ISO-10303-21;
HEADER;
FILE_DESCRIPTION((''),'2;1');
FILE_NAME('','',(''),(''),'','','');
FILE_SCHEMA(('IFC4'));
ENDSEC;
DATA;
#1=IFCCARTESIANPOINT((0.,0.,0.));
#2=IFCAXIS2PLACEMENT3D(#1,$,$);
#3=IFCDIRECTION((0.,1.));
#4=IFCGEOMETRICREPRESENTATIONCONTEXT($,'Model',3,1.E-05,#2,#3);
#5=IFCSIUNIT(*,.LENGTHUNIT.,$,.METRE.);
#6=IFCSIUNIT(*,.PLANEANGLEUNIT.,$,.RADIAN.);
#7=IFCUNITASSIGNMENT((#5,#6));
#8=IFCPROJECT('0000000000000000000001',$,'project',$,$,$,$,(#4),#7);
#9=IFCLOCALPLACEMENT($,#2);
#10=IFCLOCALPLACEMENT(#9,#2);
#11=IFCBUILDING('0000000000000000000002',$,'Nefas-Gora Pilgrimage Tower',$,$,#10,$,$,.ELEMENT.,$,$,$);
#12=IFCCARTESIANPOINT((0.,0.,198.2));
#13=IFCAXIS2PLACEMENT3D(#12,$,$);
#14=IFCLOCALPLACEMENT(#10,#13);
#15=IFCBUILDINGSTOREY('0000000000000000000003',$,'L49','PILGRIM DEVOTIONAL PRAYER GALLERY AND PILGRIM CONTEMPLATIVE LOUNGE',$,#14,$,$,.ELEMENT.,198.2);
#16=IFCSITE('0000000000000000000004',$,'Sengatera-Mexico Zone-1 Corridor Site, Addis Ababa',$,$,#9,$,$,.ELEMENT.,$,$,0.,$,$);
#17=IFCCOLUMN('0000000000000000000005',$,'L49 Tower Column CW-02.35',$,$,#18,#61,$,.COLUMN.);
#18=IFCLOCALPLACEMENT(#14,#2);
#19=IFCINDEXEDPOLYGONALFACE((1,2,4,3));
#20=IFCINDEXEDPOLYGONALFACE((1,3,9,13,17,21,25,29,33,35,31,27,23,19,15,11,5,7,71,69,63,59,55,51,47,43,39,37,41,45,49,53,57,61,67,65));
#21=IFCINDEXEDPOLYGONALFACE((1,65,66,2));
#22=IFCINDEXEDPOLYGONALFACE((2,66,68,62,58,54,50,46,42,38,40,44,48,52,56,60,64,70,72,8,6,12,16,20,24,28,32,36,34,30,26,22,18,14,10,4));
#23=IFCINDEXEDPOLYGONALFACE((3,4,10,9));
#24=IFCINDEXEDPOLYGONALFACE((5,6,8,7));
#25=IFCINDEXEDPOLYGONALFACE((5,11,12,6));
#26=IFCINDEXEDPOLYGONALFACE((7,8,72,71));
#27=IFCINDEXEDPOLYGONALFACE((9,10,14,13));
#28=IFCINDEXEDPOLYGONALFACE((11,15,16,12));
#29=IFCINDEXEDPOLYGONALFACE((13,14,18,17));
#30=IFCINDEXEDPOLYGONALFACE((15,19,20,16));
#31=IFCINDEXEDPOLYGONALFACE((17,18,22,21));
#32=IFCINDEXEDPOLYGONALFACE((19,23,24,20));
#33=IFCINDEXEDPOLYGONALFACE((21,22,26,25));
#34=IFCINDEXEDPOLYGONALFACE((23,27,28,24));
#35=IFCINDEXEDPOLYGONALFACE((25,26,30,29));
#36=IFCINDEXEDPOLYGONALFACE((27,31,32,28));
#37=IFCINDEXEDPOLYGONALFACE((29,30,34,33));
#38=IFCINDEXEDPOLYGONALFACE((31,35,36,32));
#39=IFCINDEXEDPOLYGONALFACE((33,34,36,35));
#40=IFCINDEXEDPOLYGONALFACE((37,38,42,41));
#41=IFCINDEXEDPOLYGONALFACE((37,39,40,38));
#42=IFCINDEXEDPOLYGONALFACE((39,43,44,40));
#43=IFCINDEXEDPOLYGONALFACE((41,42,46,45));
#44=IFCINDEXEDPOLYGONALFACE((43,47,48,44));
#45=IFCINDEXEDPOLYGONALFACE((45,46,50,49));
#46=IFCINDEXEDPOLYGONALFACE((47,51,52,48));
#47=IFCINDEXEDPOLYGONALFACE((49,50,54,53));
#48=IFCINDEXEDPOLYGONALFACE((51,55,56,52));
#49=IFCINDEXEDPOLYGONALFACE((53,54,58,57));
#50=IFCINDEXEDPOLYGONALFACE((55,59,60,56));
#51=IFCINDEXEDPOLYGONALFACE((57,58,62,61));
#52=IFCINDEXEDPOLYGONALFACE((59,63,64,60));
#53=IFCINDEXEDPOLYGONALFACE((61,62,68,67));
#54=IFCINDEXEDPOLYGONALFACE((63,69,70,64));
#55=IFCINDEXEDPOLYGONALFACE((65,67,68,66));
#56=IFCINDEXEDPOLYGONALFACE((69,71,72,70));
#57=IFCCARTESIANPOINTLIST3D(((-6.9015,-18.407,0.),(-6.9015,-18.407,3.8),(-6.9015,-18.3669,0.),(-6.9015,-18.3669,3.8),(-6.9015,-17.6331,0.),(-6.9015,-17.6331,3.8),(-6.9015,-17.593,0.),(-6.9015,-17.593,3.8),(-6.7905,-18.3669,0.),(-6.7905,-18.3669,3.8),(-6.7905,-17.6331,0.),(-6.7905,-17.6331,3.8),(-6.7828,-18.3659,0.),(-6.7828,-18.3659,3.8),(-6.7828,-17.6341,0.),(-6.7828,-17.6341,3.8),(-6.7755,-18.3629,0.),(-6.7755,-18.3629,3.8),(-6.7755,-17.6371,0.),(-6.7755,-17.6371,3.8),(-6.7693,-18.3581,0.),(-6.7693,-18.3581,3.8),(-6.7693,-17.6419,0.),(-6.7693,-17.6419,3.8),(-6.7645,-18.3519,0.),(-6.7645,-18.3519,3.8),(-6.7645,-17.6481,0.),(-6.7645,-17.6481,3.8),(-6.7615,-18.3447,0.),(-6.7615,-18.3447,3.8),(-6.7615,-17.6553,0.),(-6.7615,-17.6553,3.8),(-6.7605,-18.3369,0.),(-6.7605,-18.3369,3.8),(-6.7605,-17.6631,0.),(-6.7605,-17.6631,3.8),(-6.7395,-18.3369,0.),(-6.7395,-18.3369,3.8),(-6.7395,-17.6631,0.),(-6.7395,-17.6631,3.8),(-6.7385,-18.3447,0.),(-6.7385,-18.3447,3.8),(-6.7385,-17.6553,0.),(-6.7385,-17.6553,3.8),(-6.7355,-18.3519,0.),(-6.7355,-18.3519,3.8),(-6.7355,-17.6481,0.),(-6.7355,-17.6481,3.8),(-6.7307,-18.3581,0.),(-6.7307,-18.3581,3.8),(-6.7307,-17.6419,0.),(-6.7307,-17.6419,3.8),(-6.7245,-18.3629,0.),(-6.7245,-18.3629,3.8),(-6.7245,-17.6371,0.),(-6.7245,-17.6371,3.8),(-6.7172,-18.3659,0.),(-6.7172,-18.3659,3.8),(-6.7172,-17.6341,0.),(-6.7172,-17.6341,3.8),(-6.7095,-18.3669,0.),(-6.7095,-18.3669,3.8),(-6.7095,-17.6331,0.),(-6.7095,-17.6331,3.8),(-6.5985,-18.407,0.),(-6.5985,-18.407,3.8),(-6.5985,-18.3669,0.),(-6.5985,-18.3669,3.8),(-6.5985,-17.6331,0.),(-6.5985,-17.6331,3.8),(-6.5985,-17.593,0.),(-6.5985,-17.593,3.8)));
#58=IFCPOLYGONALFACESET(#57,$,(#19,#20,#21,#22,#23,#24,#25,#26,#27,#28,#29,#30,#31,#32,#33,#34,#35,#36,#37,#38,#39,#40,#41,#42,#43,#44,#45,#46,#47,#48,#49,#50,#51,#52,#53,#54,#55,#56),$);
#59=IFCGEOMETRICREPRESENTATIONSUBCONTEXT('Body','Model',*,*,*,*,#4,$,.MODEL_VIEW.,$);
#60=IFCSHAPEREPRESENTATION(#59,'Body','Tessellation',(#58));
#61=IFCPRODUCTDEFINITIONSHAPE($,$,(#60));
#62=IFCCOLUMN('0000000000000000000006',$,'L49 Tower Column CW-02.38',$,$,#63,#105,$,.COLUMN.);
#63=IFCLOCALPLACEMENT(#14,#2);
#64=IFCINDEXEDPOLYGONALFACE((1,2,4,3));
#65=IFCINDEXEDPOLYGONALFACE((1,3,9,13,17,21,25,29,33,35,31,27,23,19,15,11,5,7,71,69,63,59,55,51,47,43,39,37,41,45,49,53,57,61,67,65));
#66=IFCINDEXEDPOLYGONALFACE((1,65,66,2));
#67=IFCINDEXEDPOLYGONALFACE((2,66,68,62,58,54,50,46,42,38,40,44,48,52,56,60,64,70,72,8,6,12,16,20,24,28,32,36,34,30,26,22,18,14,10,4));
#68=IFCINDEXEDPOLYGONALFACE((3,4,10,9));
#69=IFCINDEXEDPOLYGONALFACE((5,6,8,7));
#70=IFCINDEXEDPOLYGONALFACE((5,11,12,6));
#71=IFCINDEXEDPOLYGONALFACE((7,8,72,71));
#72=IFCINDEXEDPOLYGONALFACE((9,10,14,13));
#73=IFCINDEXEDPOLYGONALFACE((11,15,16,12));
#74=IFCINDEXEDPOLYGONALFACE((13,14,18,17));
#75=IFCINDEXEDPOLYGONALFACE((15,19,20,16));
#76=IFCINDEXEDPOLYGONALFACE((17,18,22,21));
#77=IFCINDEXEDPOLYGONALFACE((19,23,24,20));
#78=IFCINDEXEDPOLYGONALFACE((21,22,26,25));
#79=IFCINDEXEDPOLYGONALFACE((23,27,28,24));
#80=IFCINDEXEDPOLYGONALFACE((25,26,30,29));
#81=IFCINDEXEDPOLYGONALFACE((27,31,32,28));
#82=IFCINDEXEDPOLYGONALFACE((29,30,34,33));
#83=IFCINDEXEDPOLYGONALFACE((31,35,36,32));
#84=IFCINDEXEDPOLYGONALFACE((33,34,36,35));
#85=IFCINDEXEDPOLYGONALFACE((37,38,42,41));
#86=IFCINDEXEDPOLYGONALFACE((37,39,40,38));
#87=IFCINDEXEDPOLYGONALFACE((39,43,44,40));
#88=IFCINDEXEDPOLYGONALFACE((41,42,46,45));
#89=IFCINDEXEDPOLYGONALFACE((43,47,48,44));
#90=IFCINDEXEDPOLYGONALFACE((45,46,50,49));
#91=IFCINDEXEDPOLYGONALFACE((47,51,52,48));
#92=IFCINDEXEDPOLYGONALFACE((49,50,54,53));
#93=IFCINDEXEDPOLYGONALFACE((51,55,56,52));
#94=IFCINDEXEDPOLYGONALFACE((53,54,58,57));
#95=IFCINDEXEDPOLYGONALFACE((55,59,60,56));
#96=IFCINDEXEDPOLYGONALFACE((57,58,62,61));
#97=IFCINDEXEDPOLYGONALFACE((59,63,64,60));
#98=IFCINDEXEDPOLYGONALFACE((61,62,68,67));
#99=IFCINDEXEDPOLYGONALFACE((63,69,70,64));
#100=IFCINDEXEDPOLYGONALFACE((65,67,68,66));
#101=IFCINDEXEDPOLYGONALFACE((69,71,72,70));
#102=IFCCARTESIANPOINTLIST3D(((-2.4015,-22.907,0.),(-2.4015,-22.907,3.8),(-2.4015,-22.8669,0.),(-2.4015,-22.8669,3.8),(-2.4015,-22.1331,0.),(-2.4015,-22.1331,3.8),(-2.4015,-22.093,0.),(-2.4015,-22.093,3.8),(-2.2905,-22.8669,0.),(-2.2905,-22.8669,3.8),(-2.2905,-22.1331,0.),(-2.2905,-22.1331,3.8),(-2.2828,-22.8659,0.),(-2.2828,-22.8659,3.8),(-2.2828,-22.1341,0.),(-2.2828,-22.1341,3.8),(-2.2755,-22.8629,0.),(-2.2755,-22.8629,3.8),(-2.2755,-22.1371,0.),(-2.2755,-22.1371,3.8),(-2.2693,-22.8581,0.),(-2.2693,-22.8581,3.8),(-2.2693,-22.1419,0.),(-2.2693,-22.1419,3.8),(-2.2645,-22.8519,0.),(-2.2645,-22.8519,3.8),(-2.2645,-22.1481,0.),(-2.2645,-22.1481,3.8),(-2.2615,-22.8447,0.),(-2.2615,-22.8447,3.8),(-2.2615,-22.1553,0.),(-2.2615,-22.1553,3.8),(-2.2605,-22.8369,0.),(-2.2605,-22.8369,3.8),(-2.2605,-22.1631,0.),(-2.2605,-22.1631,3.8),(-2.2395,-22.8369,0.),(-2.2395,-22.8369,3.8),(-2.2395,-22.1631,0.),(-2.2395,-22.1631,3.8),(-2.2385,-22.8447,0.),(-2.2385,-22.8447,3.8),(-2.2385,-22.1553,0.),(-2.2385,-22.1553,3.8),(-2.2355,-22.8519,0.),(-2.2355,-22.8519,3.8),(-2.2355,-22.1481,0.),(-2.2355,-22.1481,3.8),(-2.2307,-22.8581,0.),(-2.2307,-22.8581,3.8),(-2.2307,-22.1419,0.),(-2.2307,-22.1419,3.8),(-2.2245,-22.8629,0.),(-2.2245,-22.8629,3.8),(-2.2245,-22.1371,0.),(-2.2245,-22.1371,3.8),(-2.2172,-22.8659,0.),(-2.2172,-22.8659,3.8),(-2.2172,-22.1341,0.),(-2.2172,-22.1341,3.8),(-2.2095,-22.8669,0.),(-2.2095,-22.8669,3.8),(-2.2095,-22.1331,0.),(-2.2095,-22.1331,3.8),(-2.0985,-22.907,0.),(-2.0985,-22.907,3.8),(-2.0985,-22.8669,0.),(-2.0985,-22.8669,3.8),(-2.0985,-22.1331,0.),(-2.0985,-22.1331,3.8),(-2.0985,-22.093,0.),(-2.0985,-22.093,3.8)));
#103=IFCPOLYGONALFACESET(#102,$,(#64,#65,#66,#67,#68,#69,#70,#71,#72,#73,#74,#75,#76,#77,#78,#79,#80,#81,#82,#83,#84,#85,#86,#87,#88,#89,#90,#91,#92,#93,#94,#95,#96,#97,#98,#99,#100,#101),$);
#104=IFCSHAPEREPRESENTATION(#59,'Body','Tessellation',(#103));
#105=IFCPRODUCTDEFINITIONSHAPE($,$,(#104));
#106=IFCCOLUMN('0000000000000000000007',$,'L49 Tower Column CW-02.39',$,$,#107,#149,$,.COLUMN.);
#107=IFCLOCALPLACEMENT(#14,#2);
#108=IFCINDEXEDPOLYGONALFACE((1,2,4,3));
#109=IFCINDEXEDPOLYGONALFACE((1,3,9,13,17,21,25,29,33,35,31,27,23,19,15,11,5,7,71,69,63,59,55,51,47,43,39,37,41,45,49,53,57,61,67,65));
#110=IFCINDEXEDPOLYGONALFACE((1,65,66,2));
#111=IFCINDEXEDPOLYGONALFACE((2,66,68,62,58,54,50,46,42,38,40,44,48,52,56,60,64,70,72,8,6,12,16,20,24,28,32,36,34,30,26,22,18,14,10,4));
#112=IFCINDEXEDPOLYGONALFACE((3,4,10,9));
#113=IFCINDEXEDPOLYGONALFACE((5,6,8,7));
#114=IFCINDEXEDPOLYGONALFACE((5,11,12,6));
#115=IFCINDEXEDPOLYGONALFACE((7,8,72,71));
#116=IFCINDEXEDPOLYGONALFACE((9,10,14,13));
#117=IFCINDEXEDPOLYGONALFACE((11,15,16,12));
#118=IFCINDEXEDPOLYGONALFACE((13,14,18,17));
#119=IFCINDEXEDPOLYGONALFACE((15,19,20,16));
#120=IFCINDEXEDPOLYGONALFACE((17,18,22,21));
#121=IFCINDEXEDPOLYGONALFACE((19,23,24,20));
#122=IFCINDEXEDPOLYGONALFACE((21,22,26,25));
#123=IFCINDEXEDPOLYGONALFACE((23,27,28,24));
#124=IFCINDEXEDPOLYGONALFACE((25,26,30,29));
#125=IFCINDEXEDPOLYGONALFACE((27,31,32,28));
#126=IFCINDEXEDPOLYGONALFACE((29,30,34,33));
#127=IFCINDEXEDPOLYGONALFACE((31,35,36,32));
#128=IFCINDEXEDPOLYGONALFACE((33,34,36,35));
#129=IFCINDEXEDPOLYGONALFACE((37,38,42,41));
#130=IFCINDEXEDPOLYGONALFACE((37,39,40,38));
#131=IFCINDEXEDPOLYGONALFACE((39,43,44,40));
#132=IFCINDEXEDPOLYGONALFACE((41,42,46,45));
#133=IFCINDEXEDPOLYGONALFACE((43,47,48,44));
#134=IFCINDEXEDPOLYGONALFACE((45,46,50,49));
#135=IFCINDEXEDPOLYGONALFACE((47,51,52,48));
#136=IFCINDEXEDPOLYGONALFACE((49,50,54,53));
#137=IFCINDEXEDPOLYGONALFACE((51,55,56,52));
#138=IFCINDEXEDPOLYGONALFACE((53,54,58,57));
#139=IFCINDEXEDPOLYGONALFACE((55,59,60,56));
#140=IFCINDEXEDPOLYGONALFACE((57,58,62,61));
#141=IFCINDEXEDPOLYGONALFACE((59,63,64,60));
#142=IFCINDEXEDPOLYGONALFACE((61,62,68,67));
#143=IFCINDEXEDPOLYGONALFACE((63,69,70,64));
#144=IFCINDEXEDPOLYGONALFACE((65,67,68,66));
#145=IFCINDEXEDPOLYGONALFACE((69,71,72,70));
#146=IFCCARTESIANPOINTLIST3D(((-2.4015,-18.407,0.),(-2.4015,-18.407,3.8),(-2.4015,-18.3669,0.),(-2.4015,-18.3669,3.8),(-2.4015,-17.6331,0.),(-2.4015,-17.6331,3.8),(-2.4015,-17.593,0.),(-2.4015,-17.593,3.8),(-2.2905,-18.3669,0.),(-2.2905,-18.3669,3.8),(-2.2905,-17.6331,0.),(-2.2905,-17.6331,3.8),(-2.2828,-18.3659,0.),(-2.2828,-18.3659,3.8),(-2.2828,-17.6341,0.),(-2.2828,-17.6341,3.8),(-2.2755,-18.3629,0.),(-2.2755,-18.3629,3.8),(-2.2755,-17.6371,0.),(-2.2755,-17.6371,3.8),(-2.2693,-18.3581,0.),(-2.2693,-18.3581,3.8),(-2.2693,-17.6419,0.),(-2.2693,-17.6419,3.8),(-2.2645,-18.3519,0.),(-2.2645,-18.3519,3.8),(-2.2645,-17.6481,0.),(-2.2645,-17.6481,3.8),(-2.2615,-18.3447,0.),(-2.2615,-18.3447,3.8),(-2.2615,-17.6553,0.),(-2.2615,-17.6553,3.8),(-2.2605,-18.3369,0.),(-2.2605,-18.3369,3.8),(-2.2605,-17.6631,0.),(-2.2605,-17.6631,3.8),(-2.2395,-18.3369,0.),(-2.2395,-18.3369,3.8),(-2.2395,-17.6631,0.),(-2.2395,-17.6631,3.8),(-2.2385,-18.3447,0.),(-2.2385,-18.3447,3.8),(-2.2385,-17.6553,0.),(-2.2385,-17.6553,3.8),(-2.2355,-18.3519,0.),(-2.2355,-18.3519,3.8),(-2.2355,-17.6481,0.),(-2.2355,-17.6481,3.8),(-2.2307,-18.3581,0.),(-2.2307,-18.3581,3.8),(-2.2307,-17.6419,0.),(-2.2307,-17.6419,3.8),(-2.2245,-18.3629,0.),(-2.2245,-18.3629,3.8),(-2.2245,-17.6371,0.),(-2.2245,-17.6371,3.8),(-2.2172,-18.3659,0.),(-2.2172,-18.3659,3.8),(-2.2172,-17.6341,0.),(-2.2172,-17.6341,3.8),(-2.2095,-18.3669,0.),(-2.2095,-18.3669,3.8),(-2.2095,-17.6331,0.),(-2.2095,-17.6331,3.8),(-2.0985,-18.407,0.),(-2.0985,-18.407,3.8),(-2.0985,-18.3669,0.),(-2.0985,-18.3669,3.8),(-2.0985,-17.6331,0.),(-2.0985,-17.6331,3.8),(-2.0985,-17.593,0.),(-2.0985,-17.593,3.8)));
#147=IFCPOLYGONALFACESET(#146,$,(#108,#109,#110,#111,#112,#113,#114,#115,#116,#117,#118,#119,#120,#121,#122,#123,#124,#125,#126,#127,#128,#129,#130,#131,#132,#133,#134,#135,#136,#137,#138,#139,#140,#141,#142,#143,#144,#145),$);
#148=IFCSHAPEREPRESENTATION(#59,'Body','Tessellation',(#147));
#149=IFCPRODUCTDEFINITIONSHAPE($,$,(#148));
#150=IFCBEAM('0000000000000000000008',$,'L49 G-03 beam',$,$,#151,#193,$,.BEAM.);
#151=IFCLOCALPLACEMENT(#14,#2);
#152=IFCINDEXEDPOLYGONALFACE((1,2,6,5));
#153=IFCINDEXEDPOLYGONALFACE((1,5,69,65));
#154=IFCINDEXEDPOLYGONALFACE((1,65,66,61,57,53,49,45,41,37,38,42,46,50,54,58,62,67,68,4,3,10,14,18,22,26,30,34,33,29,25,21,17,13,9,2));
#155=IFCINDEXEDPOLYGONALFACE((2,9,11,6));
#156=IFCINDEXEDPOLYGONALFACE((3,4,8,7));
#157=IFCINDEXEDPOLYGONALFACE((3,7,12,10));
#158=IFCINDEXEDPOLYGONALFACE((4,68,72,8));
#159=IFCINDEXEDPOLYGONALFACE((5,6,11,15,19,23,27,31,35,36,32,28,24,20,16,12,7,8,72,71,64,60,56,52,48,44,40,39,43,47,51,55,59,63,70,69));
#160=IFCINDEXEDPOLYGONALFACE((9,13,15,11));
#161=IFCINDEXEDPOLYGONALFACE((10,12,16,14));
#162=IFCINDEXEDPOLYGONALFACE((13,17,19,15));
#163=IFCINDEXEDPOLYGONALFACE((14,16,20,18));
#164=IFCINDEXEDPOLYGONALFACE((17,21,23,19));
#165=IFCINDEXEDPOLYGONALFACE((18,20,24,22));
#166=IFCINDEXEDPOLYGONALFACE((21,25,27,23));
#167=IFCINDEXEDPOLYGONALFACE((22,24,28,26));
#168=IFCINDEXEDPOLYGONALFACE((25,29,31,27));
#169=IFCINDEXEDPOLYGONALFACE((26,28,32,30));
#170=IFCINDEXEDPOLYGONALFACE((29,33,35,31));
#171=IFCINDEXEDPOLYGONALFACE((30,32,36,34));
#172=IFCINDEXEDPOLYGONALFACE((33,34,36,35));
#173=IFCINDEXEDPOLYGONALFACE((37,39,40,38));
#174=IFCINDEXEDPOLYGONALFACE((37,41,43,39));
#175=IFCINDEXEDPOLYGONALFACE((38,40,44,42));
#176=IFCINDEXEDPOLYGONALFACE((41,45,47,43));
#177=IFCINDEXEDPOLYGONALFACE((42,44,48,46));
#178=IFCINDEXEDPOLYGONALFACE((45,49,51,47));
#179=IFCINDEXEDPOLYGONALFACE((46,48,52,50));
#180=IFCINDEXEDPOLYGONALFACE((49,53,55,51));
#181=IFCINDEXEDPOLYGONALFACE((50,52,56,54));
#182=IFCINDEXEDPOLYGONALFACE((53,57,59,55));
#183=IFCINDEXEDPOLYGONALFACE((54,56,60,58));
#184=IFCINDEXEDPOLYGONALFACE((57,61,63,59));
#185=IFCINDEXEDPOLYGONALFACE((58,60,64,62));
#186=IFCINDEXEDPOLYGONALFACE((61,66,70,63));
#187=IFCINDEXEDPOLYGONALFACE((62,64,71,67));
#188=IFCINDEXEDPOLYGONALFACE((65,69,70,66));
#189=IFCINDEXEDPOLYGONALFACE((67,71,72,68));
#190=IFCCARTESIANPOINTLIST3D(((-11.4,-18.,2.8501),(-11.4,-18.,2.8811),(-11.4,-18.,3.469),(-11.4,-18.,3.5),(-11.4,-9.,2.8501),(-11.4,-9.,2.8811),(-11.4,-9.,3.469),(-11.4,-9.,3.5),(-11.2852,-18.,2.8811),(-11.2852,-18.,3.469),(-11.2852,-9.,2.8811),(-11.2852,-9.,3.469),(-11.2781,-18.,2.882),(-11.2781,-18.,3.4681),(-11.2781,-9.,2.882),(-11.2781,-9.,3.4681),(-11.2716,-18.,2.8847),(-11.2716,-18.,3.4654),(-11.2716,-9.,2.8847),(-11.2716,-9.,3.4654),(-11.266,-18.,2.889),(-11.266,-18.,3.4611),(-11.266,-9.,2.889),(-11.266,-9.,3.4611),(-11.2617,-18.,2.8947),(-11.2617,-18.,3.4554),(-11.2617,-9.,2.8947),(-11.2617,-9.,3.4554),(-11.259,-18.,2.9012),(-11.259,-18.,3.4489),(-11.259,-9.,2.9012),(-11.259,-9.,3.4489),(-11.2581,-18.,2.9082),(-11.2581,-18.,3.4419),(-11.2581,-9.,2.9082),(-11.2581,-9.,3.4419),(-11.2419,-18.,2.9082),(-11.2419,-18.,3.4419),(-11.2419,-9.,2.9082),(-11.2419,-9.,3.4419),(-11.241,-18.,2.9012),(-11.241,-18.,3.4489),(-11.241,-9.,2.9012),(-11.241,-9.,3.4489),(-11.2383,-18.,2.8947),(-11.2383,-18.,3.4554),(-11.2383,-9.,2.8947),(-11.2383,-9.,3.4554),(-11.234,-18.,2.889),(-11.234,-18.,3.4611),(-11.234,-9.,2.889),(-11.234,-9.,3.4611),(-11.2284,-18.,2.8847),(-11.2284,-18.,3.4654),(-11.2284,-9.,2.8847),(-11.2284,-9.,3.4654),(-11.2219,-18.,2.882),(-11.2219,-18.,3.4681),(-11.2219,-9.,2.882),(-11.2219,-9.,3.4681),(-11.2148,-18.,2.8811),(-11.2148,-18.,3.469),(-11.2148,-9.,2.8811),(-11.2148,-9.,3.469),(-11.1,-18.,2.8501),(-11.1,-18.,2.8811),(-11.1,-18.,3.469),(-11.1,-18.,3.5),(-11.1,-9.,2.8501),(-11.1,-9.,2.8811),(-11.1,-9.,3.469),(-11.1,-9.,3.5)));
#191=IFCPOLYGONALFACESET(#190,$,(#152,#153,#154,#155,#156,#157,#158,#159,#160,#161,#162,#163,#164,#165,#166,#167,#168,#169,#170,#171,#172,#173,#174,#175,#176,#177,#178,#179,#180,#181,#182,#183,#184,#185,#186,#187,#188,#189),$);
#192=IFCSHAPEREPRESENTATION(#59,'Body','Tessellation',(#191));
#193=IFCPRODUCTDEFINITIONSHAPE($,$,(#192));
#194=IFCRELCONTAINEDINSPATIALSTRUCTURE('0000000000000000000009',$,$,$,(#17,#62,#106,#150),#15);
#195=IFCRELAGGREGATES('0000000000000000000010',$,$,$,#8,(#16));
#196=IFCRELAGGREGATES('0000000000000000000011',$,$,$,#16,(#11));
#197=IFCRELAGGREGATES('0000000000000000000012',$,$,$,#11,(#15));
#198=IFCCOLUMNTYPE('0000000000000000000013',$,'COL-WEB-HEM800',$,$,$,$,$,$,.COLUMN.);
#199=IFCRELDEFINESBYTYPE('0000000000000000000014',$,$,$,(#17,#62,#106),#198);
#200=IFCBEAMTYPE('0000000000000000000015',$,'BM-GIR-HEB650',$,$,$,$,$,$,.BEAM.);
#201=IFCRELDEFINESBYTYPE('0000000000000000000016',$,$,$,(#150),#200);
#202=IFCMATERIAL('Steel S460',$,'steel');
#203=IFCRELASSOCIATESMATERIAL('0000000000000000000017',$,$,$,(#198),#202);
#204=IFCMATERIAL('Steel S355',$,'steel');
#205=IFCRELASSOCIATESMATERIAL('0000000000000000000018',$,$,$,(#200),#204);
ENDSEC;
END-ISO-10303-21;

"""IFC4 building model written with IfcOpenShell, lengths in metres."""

from ifc_helpers import new_model, si_unit, direction, frame, origin, origin_2d, place, context, subcontext, project, spatial, i_section, extrude, source, transform, mapped, material, material_profile, profile_set, type_object, element, save


model = new_model("IFC4")

# Units and contexts
model_context = context("Model", 3, precision=1e-05, world=origin(), true_north=direction((0.0, 1.0)))
body_context = subcontext(model_context, "Body", "Model", "MODEL_VIEW")
ifc_project = project(units=[si_unit("LENGTHUNIT", "METRE"), si_unit("PLANEANGLEUNIT", "RADIAN")], contexts=[model_context])

# Site, building, storey
site_placement = place(None, origin())
site = spatial("IfcSite", under=ifc_project, at=site_placement, Name="Sengatera-Mexico Zone-1 Corridor Site, Addis Ababa", CompositionType="ELEMENT", RefElevation=0.0)
building_placement = place(site_placement, origin())
building = spatial("IfcBuilding", under=site, at=building_placement, Name="Nefas-Gora Pilgrimage Tower", CompositionType="ELEMENT")
storey_placement = place(building_placement, frame((0.0, 0.0, 198.2)))
storey = spatial("IfcBuildingStorey", under=building, at=storey_placement, Name="L49", Description="PILGRIM DEVOTIONAL PRAYER GALLERY AND PILGRIM CONTEMPLATIVE LOUNGE", CompositionType="ELEMENT", Elevation=198.2)

# Columns
ifc_material_1 = material(Name="Steel S460", Category="steel")
ifc_material_profile_1 = material_profile(ifc_material_1, i_section(OverallWidth=0.303, OverallDepth=0.814, WebThickness=0.021, FlangeThickness=0.04, FilletRadius=0.03, at=origin_2d()), Name="HEM 800")
ifc_profile_set_1 = profile_set([ifc_material_profile_1], Name="Steel S460")
column_type_1 = type_object("IfcColumnType", Name="COL-WEB-HEM800", PredefinedType="COLUMN", material=ifc_profile_set_1)
shared_shape_1 = source(origin(), body_context, "Body", "SweptSolid", [
    extrude(i_section(OverallWidth=0.303, OverallDepth=0.814, WebThickness=0.021, FlangeThickness=0.04, FilletRadius=0.03, at=origin_2d()), origin(), (0.0, 0.0, 1.0), 3.8),
])
for number, where, z_axis, x_axis, name in (
    (1, (-6.75, -18.0, 0.0), (0.0, 0.0, 1.0), (1.0, 0.0, 0.0), "L49 Tower Column CW-02.35"),
    (2, (-2.25, -22.5, 0.0), (0.0, 0.0, 1.0), (1.0, 0.0, 0.0), "L49 Tower Column CW-02.38"),
    (3, (-2.25, -18.0, 0.0), (0.0, 0.0, 1.0), (1.0, 0.0, 0.0), "L49 Tower Column CW-02.39"),
):
    element("IfcColumn", number, at=place(storey_placement, frame(where, z_axis=z_axis, x_axis=x_axis)), inside=storey, type_object=column_type_1, Name=name, PredefinedType="COLUMN", context=body_context, shape_type="MappedRepresentation", body=[
        mapped(shared_shape_1, transform((0.0, 0.0, 0.0), x_axis=(1.0, 0.0, 0.0), y_axis=(0.0, 1.0, 0.0), z_axis=(0.0, 0.0, 1.0), scale=1.0)),
    ])

# Beam
ifc_material_2 = material(Name="Steel S355", Category="steel")
ifc_material_profile_2 = material_profile(ifc_material_2, i_section(OverallWidth=0.3, OverallDepth=0.6499, WebThickness=0.0161, FlangeThickness=0.031, FilletRadius=0.0271, at=origin_2d()), Name="HEB 650")
ifc_profile_set_2 = profile_set([ifc_material_profile_2], Name="Steel S355")
beam_type = type_object("IfcBeamType", Name="BM-GIR-HEB650", PredefinedType="BEAM", material=ifc_profile_set_2)
shared_shape_2 = source(origin(), body_context, "Body", "SweptSolid", [
    extrude(i_section(OverallWidth=0.3, OverallDepth=0.6499, WebThickness=0.0161, FlangeThickness=0.031, FilletRadius=0.0271, at=origin_2d()), origin(), (0.0, 0.0, 1.0), 9.0),
])
beam_placement = place(storey_placement, frame((-11.25, -18.0, 3.175), z_axis=(0.0, 1.0, 0.0), x_axis=(-1.0, 0.0, 0.0)))
element("IfcBeam", 4, at=beam_placement, inside=storey, type_object=beam_type, Name="L49 G-03 beam", PredefinedType="BEAM", context=body_context, shape_type="MappedRepresentation", body=[
    mapped(shared_shape_2, transform((0.0, 0.0, 0.0), x_axis=(1.0, 0.0, 0.0), y_axis=(0.0, 1.0, 0.0), z_axis=(0.0, 0.0, 1.0), scale=1.0)),
])

save(model, "model.ifc")
